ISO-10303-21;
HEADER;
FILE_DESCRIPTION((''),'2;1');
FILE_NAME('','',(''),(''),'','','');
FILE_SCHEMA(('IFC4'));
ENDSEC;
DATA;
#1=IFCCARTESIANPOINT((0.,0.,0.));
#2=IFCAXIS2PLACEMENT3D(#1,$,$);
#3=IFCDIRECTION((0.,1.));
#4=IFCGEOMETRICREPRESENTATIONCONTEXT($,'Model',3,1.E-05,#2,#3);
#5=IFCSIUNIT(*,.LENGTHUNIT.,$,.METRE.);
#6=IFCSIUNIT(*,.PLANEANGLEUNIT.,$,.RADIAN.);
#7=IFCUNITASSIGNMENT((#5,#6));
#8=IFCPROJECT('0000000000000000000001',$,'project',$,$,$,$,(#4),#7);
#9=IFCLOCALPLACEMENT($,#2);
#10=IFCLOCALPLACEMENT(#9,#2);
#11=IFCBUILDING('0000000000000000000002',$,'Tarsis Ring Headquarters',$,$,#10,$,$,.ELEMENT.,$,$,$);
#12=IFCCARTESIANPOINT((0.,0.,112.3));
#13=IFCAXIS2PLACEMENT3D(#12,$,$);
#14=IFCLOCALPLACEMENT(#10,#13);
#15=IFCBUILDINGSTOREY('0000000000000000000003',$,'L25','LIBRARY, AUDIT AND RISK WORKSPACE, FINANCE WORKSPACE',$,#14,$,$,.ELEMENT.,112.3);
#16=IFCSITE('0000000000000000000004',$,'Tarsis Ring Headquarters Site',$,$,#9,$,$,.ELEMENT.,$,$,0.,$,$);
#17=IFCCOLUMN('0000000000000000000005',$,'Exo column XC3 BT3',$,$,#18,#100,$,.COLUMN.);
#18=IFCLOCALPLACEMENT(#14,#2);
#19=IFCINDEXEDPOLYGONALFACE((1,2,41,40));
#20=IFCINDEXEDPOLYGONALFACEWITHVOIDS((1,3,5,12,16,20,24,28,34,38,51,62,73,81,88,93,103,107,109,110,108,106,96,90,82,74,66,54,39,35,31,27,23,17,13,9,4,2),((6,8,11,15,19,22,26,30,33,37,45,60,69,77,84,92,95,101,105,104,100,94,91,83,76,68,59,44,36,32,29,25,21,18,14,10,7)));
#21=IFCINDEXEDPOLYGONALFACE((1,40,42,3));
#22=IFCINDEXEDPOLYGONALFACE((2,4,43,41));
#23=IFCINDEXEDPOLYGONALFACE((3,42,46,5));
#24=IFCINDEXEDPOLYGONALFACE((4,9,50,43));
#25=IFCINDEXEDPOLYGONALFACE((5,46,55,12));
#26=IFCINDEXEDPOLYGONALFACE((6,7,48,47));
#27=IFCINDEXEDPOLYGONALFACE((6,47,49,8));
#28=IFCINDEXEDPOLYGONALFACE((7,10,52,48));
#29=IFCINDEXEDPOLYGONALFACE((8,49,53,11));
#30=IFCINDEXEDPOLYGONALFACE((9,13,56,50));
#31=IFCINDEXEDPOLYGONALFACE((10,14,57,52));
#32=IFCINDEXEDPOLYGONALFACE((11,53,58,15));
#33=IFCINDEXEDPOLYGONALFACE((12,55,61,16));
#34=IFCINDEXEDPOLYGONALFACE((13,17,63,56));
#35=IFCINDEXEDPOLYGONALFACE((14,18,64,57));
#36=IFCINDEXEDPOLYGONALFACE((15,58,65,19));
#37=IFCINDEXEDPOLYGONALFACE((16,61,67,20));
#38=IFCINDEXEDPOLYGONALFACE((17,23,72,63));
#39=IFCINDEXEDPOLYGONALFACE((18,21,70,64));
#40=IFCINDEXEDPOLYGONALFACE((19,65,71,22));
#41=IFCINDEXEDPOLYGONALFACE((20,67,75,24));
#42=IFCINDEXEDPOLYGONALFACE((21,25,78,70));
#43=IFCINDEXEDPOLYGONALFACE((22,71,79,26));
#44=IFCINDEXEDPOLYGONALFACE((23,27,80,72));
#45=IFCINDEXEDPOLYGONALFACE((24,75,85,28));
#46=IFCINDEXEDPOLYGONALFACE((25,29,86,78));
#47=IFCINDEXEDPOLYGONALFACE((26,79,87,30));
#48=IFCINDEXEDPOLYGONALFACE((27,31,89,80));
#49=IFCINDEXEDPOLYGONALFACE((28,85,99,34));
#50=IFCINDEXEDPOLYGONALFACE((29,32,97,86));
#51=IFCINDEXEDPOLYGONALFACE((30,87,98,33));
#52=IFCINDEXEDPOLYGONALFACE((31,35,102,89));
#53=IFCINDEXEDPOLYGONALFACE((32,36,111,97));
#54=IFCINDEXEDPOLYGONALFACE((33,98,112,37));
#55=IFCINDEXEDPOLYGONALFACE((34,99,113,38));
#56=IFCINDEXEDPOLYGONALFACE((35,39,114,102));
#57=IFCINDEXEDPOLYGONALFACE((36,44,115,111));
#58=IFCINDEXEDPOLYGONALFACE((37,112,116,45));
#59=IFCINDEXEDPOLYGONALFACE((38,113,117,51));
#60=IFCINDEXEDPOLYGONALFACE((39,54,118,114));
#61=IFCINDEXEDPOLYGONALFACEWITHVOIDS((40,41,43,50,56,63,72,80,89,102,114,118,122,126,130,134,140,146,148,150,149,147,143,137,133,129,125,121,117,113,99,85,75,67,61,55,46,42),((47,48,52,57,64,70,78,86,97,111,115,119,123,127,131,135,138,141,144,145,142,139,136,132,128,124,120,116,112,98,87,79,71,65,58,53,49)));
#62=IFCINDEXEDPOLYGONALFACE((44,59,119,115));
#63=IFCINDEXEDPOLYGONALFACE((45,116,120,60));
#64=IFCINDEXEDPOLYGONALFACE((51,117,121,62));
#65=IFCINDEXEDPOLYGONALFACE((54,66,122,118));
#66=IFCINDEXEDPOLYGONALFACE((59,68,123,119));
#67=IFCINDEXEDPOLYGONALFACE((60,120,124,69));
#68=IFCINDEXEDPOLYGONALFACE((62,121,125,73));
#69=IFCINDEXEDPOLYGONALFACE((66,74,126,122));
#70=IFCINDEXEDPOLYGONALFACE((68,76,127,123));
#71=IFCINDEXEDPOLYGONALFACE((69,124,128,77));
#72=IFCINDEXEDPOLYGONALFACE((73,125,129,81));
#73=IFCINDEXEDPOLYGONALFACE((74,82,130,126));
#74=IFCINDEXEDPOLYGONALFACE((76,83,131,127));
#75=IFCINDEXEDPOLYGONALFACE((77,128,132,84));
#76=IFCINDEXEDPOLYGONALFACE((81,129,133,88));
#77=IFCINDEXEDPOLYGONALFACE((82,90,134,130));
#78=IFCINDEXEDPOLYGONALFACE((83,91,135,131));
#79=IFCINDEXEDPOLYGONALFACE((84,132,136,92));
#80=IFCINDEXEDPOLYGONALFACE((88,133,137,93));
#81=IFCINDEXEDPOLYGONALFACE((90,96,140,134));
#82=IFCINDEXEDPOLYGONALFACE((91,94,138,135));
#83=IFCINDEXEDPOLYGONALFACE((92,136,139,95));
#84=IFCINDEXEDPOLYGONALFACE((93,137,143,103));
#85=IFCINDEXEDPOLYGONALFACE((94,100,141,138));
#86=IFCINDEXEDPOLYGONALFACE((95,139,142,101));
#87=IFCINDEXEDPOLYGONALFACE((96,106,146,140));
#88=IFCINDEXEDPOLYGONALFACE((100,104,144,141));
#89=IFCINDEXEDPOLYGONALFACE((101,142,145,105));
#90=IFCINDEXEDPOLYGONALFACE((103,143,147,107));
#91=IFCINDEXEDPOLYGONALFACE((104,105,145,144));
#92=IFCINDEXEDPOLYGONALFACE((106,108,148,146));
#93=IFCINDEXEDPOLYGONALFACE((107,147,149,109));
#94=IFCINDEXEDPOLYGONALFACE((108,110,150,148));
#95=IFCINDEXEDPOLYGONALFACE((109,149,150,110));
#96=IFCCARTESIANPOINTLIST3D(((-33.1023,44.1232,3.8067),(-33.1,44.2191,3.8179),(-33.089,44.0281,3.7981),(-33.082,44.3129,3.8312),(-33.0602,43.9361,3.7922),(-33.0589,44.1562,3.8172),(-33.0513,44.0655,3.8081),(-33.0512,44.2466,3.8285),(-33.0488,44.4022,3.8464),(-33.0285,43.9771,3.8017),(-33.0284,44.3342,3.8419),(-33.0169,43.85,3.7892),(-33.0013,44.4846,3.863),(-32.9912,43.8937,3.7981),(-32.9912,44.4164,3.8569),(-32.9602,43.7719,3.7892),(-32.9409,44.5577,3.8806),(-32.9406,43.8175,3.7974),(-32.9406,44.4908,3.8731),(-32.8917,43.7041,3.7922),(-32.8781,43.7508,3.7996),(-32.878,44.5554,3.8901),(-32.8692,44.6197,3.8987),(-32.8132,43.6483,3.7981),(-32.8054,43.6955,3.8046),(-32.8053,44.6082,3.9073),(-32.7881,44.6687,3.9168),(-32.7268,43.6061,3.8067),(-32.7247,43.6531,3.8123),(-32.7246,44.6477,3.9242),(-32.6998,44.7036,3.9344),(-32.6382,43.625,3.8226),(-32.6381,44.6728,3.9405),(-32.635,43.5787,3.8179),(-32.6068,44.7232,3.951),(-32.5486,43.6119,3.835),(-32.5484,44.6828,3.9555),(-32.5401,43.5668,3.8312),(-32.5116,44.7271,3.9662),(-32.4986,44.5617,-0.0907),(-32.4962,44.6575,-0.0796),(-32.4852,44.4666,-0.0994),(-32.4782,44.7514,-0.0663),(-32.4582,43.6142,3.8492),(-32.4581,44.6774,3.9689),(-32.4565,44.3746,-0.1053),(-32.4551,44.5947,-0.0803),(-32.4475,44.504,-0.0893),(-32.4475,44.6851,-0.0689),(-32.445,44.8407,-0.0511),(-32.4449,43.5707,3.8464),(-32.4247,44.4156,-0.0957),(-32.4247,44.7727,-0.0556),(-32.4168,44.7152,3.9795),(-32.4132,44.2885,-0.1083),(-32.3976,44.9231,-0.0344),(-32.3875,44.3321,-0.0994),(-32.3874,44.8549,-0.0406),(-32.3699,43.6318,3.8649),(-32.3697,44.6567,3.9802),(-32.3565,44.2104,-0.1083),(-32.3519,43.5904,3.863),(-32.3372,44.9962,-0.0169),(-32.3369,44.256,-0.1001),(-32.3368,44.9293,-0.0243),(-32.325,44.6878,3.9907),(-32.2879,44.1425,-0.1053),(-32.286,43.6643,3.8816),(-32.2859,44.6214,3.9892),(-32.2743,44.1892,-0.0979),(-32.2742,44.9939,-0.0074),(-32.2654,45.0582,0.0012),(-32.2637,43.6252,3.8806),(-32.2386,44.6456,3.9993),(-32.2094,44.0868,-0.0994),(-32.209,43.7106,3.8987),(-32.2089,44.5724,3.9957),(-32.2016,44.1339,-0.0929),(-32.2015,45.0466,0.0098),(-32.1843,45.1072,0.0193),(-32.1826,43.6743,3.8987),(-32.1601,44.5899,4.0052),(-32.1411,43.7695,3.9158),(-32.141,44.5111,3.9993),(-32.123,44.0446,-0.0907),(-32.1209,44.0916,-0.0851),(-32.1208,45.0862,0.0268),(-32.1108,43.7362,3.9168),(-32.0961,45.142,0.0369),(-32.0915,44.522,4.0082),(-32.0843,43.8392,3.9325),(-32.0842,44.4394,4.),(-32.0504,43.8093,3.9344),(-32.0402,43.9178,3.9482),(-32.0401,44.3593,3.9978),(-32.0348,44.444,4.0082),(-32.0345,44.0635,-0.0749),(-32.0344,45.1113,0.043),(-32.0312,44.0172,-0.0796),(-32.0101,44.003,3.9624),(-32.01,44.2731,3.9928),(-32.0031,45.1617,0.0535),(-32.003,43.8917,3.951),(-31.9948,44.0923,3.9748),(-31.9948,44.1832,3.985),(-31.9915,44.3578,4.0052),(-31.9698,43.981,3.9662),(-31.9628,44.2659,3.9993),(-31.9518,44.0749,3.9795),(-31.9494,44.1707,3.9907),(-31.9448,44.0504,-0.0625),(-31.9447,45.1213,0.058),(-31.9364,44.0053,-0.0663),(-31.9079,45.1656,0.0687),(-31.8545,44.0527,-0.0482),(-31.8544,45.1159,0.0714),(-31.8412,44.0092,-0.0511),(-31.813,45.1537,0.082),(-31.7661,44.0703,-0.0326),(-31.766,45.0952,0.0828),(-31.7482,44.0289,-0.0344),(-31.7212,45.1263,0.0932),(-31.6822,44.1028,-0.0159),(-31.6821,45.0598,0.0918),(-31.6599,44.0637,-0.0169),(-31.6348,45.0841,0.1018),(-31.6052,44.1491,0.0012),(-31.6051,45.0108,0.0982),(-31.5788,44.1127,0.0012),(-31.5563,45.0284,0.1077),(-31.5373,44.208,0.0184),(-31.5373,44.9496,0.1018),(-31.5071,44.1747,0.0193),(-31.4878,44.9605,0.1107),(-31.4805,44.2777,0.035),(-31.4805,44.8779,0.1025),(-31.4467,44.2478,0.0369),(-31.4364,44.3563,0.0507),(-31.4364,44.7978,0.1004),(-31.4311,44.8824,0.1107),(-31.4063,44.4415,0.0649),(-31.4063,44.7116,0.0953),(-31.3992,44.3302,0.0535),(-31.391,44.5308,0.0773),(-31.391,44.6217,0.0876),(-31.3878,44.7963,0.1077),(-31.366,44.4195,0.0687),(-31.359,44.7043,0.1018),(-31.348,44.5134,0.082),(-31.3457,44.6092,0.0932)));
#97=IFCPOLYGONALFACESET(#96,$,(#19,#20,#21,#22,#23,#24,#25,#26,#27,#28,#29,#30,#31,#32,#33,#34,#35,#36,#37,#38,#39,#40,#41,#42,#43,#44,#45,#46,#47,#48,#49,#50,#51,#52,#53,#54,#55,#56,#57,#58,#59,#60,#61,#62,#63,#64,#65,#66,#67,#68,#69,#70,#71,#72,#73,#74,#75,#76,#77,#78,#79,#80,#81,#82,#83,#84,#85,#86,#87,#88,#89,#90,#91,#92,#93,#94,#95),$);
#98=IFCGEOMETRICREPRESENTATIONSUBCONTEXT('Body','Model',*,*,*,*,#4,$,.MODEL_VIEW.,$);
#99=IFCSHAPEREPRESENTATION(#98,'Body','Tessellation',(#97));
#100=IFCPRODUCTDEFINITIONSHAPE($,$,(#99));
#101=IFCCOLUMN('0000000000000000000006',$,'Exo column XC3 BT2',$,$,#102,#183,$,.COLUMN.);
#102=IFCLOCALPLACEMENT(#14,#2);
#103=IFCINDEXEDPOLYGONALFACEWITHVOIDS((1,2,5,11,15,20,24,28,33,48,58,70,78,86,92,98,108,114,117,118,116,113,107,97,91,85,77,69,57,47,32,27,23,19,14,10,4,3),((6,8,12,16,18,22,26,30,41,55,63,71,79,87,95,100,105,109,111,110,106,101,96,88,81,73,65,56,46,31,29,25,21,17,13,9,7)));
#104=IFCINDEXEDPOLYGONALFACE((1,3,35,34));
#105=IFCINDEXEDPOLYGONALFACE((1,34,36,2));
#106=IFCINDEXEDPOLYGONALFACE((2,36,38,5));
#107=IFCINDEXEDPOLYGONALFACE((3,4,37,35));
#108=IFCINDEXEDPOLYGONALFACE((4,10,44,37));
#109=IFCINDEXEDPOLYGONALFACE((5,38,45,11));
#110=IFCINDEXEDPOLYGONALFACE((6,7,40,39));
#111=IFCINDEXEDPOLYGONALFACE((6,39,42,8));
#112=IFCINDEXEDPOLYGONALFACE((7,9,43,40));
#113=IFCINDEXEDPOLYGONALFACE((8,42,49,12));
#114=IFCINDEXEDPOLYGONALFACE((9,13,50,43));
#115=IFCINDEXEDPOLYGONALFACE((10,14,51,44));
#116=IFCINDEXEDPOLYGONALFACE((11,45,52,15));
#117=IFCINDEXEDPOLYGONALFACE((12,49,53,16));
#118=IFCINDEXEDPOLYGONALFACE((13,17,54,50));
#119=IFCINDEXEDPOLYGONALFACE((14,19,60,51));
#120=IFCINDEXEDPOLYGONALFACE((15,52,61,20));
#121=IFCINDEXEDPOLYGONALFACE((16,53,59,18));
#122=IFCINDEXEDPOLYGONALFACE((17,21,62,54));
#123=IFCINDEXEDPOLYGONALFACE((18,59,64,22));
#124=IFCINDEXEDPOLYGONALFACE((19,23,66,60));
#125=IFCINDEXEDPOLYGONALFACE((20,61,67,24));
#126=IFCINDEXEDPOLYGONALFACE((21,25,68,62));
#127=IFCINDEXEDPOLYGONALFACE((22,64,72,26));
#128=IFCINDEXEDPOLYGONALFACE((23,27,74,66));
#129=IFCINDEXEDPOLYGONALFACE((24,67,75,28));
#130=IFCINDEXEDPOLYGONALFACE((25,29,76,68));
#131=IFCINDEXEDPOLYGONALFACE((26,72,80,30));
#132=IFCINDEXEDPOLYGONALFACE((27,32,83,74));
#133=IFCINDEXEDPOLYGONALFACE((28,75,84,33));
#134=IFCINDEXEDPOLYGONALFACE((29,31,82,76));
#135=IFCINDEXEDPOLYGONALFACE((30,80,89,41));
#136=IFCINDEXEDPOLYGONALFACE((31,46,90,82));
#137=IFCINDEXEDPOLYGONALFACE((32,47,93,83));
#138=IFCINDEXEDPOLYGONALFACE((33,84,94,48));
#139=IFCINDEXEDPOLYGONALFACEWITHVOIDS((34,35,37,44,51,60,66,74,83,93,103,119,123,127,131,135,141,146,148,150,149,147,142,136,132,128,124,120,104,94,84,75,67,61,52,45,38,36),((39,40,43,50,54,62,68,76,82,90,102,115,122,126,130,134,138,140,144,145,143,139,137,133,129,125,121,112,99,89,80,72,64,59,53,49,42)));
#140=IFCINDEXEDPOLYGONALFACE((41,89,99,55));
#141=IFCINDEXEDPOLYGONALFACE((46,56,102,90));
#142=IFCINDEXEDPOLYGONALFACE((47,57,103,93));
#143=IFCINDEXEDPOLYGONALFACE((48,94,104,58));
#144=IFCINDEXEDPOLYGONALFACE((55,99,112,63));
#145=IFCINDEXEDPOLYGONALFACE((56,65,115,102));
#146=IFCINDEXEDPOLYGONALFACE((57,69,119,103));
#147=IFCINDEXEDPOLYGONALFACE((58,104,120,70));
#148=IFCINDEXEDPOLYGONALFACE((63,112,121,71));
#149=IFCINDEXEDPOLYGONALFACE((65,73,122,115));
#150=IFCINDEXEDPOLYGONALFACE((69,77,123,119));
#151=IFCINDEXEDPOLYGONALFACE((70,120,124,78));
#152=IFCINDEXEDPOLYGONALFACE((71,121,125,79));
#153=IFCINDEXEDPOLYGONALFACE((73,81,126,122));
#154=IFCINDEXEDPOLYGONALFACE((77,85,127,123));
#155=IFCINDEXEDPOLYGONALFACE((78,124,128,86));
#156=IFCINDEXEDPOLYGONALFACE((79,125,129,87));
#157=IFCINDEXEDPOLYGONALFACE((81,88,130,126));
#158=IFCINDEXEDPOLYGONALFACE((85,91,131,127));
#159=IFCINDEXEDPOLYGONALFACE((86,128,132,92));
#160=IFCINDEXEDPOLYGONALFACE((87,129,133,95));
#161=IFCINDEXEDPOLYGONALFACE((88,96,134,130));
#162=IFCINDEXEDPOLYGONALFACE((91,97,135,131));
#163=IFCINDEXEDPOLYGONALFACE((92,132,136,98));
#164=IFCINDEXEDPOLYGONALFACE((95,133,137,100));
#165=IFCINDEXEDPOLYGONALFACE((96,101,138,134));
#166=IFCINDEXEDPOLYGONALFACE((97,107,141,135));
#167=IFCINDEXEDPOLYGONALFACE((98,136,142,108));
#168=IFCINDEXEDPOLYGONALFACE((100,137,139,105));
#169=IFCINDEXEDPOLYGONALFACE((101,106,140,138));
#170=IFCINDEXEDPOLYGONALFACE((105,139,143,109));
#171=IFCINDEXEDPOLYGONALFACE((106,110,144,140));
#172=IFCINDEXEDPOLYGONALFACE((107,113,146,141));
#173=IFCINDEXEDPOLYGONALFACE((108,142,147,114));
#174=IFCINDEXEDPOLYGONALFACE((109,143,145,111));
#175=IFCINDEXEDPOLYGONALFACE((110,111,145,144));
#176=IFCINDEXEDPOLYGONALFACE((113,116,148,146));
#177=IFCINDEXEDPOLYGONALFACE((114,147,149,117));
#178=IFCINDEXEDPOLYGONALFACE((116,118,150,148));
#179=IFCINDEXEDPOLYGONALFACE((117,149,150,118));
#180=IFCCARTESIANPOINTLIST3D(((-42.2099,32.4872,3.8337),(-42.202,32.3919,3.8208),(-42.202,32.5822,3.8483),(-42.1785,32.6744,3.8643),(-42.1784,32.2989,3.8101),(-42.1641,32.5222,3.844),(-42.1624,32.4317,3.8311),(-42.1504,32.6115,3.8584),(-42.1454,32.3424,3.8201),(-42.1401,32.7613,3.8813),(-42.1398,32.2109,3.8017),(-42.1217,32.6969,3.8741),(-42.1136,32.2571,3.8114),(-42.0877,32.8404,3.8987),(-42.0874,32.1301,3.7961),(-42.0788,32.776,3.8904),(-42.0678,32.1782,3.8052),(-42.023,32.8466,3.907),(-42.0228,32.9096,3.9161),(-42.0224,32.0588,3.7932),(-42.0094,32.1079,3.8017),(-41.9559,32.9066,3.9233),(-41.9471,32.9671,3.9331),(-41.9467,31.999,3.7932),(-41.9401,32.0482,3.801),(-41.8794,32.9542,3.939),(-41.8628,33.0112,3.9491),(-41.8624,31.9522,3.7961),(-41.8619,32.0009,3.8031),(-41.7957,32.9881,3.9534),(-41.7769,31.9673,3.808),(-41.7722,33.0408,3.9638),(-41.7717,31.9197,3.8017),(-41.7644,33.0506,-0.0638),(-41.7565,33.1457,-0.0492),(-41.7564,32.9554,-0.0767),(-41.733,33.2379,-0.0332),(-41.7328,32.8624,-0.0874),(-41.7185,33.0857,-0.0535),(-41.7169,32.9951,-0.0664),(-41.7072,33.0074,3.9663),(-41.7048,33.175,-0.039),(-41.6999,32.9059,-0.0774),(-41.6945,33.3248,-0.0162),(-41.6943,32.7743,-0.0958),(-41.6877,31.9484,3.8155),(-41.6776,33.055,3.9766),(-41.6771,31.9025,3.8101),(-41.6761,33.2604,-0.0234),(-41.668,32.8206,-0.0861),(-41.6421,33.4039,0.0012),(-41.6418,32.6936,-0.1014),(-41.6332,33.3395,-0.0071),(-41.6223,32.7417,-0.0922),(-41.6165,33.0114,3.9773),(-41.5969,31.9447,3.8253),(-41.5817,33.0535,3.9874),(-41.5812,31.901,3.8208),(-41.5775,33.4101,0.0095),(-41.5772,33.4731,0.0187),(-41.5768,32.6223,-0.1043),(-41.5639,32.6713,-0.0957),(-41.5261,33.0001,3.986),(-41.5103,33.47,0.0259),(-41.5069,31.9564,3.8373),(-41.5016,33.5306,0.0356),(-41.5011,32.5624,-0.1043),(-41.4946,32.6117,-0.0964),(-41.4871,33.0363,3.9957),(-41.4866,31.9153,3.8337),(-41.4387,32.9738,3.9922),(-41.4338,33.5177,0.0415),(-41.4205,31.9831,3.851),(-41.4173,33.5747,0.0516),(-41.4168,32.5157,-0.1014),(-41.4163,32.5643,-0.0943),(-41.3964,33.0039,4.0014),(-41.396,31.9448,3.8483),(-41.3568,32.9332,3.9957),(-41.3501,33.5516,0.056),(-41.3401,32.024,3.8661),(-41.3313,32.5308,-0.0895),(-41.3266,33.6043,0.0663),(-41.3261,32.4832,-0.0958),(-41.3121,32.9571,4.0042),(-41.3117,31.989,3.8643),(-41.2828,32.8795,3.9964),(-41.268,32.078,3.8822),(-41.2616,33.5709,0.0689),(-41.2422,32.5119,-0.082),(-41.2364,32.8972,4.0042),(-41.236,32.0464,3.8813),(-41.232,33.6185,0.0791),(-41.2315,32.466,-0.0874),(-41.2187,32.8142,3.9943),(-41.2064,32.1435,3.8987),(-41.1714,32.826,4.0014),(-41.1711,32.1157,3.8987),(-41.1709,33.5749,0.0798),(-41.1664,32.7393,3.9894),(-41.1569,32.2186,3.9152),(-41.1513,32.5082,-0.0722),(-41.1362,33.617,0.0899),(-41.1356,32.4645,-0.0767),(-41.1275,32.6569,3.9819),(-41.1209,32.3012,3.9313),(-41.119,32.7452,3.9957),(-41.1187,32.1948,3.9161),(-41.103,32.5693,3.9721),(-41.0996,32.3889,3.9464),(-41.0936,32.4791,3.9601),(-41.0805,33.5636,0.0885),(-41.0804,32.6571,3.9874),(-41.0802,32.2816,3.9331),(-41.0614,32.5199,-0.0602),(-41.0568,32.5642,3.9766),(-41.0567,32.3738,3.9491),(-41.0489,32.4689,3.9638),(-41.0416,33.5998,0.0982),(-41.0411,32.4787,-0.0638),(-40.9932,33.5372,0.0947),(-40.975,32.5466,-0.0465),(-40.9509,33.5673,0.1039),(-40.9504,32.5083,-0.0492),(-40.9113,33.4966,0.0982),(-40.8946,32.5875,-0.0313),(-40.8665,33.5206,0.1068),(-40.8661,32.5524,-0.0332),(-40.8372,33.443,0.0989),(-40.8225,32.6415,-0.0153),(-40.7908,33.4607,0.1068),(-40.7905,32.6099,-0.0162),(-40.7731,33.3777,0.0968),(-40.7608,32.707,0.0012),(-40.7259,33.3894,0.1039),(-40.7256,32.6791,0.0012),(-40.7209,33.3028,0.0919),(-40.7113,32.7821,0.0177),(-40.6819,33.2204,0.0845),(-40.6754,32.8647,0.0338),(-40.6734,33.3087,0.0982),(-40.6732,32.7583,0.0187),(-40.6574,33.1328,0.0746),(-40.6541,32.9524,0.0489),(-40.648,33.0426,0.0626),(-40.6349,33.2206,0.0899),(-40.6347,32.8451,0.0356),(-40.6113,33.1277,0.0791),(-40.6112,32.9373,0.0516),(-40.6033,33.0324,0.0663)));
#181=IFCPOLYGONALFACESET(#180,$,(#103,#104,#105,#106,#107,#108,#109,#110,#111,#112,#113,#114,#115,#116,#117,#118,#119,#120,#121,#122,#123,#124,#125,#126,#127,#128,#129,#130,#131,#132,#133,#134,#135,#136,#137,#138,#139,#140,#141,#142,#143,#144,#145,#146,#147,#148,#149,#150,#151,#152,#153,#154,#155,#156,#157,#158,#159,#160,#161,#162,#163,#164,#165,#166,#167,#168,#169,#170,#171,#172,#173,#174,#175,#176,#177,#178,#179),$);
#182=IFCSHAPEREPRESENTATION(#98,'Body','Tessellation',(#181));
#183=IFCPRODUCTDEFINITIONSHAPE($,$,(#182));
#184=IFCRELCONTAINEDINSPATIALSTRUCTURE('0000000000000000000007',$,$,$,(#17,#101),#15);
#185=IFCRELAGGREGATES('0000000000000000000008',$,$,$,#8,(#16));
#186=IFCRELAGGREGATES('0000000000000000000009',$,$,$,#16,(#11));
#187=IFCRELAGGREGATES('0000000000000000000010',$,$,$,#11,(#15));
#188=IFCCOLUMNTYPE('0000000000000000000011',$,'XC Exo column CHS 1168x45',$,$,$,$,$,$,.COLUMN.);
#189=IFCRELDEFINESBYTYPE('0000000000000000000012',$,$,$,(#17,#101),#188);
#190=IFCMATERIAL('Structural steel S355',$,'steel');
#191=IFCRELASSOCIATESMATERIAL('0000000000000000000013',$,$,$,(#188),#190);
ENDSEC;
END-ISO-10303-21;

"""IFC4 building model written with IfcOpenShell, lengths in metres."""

from ifc_helpers import new_model, si_unit, direction, frame, origin, origin_2d, place, context, subcontext, project, spatial, hollow_circle, extrude, material, material_profile, profile_set, type_object, element, save


model = new_model("IFC4")

# Units and contexts
model_context = context("Model", 3, precision=1e-05, world=origin(), true_north=direction((0.0, 1.0)))
body_context = subcontext(model_context, "Body", "Model", "MODEL_VIEW")
ifc_project = project(units=[si_unit("LENGTHUNIT", "METRE"), si_unit("PLANEANGLEUNIT", "RADIAN")], contexts=[model_context])

# Site, building, storey
site_placement = place(None, origin())
site = spatial("IfcSite", under=ifc_project, at=site_placement, Name="Tarsis Ring Headquarters Site", CompositionType="ELEMENT", RefElevation=0.0)
building_placement = place(site_placement, origin())
building = spatial("IfcBuilding", under=site, at=building_placement, Name="Tarsis Ring Headquarters", CompositionType="ELEMENT")
storey_placement = place(building_placement, frame((0.0, 0.0, 112.3)))
storey = spatial("IfcBuildingStorey", under=building, at=storey_placement, Name="L25", Description="LIBRARY, AUDIT AND RISK WORKSPACE, FINANCE WORKSPACE", CompositionType="ELEMENT", Elevation=112.3)

# Columns
ifc_material_1 = material(Name="Structural steel S355", Category="steel")
ifc_material_profile_1 = material_profile(ifc_material_1, hollow_circle(Radius=0.5842, WallThickness=0.0449, at=origin_2d()), Name="CHS 1168x45")
ifc_profile_set_1 = profile_set([ifc_material_profile_1], Name="Structural steel S355")
column_type = type_object("IfcColumnType", Name="XC Exo column CHS 1168x45", PredefinedType="COLUMN", material=ifc_profile_set_1)
column_1_placement = place(storey_placement, frame((-31.9221, 44.5854, 0.0012), z_axis=(-0.152148, -0.110496, 0.982162), x_axis=(0.587627, -0.809132, 0.0)))
element("IfcColumn", 1, at=column_1_placement, inside=storey, type_object=column_type, Name="Exo column XC3 BT3", PredefinedType="COLUMN", context=body_context, shape_type="SweptSolid", body=[
    extrude(hollow_circle(Radius=0.5842, WallThickness=0.0449, at=origin_2d()), origin(), (0.0, 0.0, 1.0), 3.9683),
])
column_2_placement = place(storey_placement, frame((-41.1838, 33.0415, 0.0012), z_axis=(-0.112426, -0.14218, 0.983435), x_axis=(0.784404, -0.62025, 0.0)))
element("IfcColumn", 2, at=column_2_placement, inside=storey, type_object=column_type, Name="Exo column XC3 BT2", PredefinedType="COLUMN", context=body_context, shape_type="SweptSolid", body=[
    extrude(hollow_circle(Radius=0.5842, WallThickness=0.0449, at=origin_2d()), origin(), (0.0, 0.0, 1.0), 3.9631),
])

save(model, "model.ifc")
